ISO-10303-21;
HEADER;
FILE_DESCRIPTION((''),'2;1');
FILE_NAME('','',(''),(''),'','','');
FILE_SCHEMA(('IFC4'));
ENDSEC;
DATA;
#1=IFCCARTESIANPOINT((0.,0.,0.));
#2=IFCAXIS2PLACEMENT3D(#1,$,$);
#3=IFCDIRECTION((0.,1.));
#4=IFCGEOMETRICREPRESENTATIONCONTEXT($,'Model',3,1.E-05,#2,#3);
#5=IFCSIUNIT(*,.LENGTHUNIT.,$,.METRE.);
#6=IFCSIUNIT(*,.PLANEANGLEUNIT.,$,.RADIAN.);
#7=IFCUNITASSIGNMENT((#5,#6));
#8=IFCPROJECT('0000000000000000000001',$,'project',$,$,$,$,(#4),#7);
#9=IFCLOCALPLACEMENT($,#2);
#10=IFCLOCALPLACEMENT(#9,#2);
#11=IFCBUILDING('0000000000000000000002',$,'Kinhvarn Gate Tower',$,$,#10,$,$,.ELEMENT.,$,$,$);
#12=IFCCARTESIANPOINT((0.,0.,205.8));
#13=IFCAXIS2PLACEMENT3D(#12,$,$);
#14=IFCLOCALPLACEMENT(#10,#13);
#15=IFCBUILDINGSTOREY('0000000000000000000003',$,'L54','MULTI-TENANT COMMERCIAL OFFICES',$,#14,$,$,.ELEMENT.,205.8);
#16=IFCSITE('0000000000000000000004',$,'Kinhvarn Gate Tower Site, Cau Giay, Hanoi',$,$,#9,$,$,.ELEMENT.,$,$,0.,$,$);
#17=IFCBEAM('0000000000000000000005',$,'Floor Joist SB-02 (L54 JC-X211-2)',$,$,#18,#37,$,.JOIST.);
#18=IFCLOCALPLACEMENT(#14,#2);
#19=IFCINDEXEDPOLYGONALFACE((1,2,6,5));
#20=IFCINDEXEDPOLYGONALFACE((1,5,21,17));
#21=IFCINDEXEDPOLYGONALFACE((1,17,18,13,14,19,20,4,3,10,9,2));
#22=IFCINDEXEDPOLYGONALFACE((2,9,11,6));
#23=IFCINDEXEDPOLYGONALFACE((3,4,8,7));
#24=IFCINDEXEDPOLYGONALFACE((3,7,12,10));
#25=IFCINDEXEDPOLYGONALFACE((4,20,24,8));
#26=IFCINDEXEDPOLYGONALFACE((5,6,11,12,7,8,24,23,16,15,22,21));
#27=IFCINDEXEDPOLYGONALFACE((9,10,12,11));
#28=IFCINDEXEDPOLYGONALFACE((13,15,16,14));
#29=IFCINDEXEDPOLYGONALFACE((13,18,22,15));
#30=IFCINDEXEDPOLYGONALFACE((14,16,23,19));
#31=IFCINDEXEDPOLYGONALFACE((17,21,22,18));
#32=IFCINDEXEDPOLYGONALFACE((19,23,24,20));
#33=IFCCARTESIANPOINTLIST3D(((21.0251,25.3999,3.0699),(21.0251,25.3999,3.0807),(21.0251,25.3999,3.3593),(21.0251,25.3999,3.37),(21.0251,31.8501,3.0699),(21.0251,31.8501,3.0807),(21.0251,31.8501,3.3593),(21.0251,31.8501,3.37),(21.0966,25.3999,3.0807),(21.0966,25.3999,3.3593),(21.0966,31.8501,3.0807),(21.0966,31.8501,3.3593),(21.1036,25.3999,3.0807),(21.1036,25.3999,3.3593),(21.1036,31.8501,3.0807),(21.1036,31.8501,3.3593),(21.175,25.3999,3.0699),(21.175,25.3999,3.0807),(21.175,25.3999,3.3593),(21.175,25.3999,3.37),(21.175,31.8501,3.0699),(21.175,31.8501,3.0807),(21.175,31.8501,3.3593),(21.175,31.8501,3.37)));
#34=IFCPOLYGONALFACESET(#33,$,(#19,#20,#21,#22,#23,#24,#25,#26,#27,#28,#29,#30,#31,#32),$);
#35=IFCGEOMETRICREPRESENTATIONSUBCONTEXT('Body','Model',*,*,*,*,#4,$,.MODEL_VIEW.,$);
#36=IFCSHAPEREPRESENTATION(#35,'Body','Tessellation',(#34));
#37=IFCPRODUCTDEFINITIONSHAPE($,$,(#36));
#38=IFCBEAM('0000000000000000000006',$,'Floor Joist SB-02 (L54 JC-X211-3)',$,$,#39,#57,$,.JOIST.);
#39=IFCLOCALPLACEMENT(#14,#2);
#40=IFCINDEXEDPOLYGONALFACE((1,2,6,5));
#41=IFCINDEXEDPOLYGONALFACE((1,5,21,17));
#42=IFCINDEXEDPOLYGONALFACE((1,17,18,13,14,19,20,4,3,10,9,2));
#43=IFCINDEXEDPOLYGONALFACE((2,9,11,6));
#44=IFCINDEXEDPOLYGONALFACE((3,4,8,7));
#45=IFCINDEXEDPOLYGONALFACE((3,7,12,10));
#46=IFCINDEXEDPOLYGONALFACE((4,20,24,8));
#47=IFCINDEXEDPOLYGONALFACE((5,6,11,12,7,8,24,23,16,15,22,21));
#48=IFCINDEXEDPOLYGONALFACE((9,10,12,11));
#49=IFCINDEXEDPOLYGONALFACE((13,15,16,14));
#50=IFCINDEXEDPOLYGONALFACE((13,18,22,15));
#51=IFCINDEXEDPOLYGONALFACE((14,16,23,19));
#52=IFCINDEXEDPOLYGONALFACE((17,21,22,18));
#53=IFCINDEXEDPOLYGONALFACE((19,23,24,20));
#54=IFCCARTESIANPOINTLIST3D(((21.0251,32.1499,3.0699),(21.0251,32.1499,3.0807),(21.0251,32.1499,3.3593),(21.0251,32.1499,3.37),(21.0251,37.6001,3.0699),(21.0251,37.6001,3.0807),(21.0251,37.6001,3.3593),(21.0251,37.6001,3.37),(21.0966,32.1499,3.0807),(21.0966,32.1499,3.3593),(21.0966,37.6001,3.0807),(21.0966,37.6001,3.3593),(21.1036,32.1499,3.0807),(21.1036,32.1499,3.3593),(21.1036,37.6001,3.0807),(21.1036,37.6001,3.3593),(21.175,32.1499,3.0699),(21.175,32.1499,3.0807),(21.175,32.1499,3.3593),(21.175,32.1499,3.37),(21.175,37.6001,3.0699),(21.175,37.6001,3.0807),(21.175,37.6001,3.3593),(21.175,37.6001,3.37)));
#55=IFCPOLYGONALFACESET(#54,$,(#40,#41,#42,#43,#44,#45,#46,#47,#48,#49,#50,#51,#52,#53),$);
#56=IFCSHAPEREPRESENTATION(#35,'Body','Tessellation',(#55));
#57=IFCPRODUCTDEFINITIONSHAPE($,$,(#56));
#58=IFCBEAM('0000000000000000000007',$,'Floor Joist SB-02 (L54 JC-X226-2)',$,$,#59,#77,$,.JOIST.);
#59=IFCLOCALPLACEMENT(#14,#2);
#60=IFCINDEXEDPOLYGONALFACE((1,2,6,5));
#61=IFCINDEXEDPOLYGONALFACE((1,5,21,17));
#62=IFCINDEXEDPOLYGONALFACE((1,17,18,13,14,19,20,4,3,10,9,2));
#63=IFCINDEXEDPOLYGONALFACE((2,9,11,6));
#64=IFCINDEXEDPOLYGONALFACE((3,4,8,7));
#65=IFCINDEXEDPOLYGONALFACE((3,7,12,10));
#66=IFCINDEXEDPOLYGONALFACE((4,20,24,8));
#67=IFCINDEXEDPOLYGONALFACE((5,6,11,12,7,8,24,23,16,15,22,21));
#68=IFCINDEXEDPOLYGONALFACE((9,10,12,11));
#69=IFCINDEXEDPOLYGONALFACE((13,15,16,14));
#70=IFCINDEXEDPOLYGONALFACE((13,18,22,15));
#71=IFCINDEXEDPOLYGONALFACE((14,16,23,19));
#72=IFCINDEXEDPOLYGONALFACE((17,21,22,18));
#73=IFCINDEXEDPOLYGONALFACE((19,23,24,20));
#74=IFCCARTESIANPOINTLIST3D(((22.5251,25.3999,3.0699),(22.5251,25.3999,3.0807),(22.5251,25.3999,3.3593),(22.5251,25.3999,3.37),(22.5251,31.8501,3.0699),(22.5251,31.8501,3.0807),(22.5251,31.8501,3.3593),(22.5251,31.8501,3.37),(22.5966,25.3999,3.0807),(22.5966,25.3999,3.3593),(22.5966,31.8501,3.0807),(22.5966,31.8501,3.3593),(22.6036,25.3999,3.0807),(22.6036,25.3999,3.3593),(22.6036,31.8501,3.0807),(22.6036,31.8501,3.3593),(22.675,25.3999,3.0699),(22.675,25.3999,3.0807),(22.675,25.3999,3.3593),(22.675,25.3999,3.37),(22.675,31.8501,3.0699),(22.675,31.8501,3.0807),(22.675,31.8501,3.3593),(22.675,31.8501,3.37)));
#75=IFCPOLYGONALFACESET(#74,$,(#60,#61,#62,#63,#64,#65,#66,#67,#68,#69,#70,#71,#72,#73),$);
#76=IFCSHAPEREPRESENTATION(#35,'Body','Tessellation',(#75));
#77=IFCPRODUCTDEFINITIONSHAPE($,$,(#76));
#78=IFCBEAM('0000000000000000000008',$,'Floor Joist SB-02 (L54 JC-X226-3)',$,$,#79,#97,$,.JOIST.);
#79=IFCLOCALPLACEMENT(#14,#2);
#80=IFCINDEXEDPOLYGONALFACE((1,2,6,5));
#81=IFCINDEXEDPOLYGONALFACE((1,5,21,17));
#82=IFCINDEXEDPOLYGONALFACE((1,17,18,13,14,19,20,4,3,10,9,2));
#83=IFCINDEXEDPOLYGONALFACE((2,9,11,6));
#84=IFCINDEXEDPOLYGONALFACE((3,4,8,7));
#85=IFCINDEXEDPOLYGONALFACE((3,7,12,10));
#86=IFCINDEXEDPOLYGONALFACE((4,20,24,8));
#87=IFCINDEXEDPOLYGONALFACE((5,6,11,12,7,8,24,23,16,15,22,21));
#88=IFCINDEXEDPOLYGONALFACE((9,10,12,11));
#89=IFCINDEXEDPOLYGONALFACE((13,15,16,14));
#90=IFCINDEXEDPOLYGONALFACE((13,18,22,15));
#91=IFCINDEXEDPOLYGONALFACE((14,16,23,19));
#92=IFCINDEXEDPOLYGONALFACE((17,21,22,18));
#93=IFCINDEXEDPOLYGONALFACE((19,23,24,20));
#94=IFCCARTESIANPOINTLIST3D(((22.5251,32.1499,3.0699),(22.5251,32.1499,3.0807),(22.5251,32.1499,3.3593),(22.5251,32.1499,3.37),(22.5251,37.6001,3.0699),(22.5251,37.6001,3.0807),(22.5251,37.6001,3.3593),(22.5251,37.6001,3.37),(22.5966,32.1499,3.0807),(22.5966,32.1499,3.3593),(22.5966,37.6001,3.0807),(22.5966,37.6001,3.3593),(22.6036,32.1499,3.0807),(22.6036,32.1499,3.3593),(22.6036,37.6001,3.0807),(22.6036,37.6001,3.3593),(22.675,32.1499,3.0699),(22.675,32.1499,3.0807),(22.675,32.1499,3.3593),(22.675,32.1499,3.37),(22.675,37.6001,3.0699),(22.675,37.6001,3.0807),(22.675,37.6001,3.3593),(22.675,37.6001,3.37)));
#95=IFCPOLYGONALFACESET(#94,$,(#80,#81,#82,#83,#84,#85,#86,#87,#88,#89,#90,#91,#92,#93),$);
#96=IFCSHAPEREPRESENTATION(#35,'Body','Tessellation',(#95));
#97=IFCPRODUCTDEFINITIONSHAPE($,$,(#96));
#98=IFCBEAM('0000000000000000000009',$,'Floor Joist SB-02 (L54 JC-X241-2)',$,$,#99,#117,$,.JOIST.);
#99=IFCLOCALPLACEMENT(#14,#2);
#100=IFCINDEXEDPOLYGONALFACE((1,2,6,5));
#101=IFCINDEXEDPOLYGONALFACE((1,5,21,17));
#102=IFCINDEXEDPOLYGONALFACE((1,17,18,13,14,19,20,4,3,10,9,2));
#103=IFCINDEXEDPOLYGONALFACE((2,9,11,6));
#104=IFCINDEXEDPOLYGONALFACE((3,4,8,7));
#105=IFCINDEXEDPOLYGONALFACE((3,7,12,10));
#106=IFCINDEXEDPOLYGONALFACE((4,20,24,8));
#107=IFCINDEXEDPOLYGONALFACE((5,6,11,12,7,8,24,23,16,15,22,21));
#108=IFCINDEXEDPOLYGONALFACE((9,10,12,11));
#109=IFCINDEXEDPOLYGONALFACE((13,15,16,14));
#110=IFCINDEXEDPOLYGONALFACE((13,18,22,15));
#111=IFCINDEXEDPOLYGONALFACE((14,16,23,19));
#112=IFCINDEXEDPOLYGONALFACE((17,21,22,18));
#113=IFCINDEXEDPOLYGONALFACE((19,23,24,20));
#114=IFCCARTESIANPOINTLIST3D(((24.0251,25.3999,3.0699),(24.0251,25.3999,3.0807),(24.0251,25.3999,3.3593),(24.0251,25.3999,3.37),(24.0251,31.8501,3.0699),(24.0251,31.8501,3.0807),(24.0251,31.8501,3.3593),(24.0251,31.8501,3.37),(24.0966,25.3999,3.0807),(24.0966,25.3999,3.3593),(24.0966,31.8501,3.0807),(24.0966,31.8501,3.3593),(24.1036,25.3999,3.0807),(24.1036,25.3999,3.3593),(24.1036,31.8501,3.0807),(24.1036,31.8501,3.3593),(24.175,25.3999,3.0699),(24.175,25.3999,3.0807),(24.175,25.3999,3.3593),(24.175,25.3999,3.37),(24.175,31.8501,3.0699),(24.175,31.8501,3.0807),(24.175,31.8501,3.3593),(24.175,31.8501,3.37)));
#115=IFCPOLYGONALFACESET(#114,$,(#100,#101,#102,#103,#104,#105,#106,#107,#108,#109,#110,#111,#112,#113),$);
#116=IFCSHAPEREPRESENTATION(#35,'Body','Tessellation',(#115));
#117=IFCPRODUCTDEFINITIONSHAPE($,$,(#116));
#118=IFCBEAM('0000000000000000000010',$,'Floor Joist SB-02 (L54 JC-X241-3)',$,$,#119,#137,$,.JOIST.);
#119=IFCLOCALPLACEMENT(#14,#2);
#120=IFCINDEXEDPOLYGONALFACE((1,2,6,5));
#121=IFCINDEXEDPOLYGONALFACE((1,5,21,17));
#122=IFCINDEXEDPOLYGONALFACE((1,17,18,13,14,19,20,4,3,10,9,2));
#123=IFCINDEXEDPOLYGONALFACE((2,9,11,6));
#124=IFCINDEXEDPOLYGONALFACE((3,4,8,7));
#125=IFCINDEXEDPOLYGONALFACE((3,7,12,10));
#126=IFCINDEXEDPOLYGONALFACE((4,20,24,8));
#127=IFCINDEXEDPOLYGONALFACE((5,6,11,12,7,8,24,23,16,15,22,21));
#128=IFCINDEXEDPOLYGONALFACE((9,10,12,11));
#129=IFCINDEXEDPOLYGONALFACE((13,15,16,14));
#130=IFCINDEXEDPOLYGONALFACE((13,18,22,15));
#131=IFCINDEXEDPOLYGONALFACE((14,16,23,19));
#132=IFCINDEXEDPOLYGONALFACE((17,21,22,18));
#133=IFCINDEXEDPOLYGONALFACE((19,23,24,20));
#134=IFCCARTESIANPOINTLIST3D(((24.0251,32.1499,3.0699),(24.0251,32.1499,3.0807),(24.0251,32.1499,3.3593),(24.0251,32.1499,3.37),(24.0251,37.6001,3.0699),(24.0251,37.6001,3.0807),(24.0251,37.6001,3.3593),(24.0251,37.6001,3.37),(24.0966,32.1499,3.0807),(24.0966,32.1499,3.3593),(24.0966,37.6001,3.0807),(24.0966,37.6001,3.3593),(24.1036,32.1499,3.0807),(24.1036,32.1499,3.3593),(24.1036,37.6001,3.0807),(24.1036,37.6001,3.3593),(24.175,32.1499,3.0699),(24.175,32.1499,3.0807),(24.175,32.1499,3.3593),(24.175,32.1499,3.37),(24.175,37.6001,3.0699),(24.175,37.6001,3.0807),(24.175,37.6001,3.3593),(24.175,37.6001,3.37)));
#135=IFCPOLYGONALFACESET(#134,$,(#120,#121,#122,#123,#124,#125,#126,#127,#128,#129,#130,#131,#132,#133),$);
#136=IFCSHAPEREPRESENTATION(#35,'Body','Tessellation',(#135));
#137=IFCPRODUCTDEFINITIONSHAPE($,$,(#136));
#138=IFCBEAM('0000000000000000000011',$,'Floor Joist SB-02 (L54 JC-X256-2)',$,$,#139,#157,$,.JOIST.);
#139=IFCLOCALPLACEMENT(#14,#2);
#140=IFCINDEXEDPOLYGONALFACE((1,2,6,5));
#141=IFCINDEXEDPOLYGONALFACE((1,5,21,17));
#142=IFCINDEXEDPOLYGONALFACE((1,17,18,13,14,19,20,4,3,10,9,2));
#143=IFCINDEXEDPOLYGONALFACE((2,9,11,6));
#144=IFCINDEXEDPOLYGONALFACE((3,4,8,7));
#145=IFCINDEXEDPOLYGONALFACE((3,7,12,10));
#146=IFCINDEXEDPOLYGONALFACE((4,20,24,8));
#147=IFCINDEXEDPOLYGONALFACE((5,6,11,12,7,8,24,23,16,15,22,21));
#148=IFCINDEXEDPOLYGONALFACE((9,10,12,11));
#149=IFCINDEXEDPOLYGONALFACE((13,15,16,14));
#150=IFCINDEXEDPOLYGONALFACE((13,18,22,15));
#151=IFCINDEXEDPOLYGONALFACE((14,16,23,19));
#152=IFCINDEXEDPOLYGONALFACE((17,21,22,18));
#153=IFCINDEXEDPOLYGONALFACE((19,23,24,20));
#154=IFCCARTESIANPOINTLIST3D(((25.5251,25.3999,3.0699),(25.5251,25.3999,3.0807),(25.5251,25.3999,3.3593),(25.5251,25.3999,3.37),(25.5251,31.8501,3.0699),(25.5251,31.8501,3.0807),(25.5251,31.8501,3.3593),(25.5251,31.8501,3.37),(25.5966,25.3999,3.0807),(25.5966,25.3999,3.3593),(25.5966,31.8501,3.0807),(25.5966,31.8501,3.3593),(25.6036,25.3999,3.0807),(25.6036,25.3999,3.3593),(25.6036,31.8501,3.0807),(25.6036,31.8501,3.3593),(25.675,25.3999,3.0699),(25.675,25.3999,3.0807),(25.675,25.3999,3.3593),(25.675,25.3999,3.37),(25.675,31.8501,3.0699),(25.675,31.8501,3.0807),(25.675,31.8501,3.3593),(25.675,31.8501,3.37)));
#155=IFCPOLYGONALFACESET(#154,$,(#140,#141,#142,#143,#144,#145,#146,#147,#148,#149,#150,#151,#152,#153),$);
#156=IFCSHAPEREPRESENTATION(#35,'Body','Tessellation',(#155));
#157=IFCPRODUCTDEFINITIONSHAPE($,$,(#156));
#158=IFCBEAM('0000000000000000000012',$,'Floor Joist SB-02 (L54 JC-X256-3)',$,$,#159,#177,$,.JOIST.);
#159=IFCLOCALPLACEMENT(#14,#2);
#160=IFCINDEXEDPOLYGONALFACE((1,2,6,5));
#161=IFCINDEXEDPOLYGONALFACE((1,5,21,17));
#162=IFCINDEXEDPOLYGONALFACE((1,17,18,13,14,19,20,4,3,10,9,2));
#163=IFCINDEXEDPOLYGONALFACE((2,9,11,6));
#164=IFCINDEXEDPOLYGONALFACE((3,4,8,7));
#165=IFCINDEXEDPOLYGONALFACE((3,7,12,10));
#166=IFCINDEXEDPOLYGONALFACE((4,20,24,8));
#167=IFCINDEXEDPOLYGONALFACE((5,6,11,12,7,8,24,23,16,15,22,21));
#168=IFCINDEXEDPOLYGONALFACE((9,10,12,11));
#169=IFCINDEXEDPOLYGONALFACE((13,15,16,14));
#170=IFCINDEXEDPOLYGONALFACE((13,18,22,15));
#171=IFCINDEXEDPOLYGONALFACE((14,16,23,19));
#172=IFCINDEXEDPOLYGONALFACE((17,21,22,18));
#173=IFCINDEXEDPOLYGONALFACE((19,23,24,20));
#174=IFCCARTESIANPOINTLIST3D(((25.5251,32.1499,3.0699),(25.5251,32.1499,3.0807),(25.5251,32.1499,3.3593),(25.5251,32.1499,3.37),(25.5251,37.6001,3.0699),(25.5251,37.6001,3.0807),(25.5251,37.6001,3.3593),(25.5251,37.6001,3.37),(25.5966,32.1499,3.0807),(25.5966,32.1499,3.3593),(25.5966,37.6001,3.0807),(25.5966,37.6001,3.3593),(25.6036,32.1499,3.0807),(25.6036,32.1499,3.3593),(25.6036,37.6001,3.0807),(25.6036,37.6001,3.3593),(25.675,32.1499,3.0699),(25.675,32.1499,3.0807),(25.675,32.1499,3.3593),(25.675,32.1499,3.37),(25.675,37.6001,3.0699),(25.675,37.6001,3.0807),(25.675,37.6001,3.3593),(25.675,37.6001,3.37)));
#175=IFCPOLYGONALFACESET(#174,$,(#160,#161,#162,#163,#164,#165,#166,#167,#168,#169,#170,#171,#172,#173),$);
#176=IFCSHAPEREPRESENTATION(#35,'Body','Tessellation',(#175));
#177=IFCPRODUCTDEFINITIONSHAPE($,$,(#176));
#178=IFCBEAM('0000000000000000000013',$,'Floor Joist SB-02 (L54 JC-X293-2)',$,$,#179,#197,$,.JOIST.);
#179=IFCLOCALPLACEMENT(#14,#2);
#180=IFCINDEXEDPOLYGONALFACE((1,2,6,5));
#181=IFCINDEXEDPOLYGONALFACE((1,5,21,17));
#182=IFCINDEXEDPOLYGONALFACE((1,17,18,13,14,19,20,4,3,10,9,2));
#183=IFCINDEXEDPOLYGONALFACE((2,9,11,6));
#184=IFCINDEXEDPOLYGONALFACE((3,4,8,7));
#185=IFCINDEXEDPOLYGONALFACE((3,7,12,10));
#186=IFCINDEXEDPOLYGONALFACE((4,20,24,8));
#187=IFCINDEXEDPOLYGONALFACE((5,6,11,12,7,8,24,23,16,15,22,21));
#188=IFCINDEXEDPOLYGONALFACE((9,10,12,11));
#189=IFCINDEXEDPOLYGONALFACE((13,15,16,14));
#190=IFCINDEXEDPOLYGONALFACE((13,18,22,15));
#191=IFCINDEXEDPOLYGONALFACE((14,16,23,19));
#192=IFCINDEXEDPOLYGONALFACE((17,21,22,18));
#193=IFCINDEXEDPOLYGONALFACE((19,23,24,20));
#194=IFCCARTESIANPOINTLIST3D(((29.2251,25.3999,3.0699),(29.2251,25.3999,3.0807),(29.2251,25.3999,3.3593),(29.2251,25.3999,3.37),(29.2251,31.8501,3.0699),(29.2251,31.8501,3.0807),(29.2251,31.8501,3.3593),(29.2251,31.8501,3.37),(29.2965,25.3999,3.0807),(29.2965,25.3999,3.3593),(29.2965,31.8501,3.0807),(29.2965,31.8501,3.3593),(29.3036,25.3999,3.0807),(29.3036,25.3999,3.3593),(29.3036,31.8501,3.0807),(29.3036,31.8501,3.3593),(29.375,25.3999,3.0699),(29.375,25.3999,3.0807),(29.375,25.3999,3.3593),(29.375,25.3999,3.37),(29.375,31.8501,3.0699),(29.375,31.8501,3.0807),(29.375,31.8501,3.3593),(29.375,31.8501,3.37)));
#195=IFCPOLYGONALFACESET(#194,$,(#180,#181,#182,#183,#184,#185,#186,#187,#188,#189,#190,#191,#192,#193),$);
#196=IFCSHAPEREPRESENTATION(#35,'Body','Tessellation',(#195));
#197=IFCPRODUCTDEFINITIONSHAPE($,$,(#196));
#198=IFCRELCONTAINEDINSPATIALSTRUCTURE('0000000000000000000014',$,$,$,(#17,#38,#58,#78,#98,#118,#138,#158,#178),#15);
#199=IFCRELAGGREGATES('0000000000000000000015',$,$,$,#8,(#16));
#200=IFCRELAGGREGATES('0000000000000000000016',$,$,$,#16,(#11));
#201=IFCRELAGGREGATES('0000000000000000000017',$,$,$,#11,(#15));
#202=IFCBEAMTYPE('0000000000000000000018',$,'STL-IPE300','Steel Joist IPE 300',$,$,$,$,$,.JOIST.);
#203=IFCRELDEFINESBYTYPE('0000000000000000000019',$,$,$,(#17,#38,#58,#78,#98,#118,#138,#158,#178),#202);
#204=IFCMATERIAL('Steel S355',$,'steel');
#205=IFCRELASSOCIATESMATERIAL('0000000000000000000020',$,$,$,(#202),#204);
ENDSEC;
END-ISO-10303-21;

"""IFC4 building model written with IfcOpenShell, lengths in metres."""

from ifc_helpers import new_model, si_unit, direction, frame, origin, origin_2d, place, context, subcontext, project, spatial, i_section, extrude, material, material_profile, profile_set, type_object, element, save


model = new_model("IFC4")

# Units and contexts
model_context = context("Model", 3, precision=1e-05, world=origin(), true_north=direction((0.0, 1.0)))
body_context = subcontext(model_context, "Body", "Model", "MODEL_VIEW")
ifc_project = project(units=[si_unit("LENGTHUNIT", "METRE"), si_unit("PLANEANGLEUNIT", "RADIAN")], contexts=[model_context])

# Site, building, storey
site_placement = place(None, origin())
site = spatial("IfcSite", under=ifc_project, at=site_placement, Name="Kinhvarn Gate Tower Site, Cau Giay, Hanoi", CompositionType="ELEMENT", RefElevation=0.0)
building_placement = place(site_placement, origin())
building = spatial("IfcBuilding", under=site, at=building_placement, Name="Kinhvarn Gate Tower", CompositionType="ELEMENT")
storey_placement = place(building_placement, frame((0.0, 0.0, 205.8)))
storey = spatial("IfcBuildingStorey", under=building, at=storey_placement, Name="L54", Description="MULTI-TENANT COMMERCIAL OFFICES", CompositionType="ELEMENT", Elevation=205.8)

# Beams
ifc_material_1 = material(Name="Steel S355", Category="steel")
ifc_material_profile = material_profile(ifc_material_1, i_section(OverallWidth=0.1499, OverallDepth=0.3, WebThickness=0.0071, FlangeThickness=0.0107, at=origin_2d()), Name="IPE 300")
ifc_profile_set = profile_set([ifc_material_profile], Name="Steel S355")
beam_type = type_object("IfcBeamType", Name="STL-IPE300", Description="Steel Joist IPE 300", PredefinedType="JOIST", material=ifc_profile_set)
beam_1_placement = place(storey_placement, frame((21.1001, 25.3999, 3.22), z_axis=(0.0, 1.0, 0.0), x_axis=(-1.0, 0.0, 0.0)))
element("IfcBeam", 1, at=beam_1_placement, inside=storey, type_object=beam_type, Name="Floor Joist SB-02 (L54 JC-X211-2)", PredefinedType="JOIST", context=body_context, shape_type="SweptSolid", body=[
    extrude(i_section(OverallWidth=0.1499, OverallDepth=0.3, WebThickness=0.0071, FlangeThickness=0.0107, at=origin_2d()), origin(), (0.0, 0.0, 1.0), 6.4502),
])
beam_2_placement = place(storey_placement, frame((21.1001, 32.1499, 3.22), z_axis=(0.0, 1.0, 0.0), x_axis=(-1.0, 0.0, 0.0)))
element("IfcBeam", 2, at=beam_2_placement, inside=storey, type_object=beam_type, Name="Floor Joist SB-02 (L54 JC-X211-3)", PredefinedType="JOIST", context=body_context, shape_type="SweptSolid", body=[
    extrude(i_section(OverallWidth=0.1499, OverallDepth=0.3, WebThickness=0.0071, FlangeThickness=0.0107, at=origin_2d()), origin(), (0.0, 0.0, 1.0), 5.4502),
])
beam_3_placement = place(storey_placement, frame((22.6001, 25.3999, 3.22), z_axis=(0.0, 1.0, 0.0), x_axis=(-1.0, 0.0, 0.0)))
element("IfcBeam", 3, at=beam_3_placement, inside=storey, type_object=beam_type, Name="Floor Joist SB-02 (L54 JC-X226-2)", PredefinedType="JOIST", context=body_context, shape_type="SweptSolid", body=[
    extrude(i_section(OverallWidth=0.1499, OverallDepth=0.3, WebThickness=0.0071, FlangeThickness=0.0107, at=origin_2d()), origin(), (0.0, 0.0, 1.0), 6.4502),
])
beam_4_placement = place(storey_placement, frame((22.6001, 32.1499, 3.22), z_axis=(0.0, 1.0, 0.0), x_axis=(-1.0, 0.0, 0.0)))
element("IfcBeam", 4, at=beam_4_placement, inside=storey, type_object=beam_type, Name="Floor Joist SB-02 (L54 JC-X226-3)", PredefinedType="JOIST", context=body_context, shape_type="SweptSolid", body=[
    extrude(i_section(OverallWidth=0.1499, OverallDepth=0.3, WebThickness=0.0071, FlangeThickness=0.0107, at=origin_2d()), origin(), (0.0, 0.0, 1.0), 5.4502),
])
beam_5_placement = place(storey_placement, frame((24.1001, 25.3999, 3.22), z_axis=(0.0, 1.0, 0.0), x_axis=(-1.0, 0.0, 0.0)))
element("IfcBeam", 5, at=beam_5_placement, inside=storey, type_object=beam_type, Name="Floor Joist SB-02 (L54 JC-X241-2)", PredefinedType="JOIST", context=body_context, shape_type="SweptSolid", body=[
    extrude(i_section(OverallWidth=0.1499, OverallDepth=0.3, WebThickness=0.0071, FlangeThickness=0.0107, at=origin_2d()), origin(), (0.0, 0.0, 1.0), 6.4502),
])
beam_6_placement = place(storey_placement, frame((24.1001, 32.1499, 3.22), z_axis=(0.0, 1.0, 0.0), x_axis=(-1.0, 0.0, 0.0)))
element("IfcBeam", 6, at=beam_6_placement, inside=storey, type_object=beam_type, Name="Floor Joist SB-02 (L54 JC-X241-3)", PredefinedType="JOIST", context=body_context, shape_type="SweptSolid", body=[
    extrude(i_section(OverallWidth=0.1499, OverallDepth=0.3, WebThickness=0.0071, FlangeThickness=0.0107, at=origin_2d()), origin(), (0.0, 0.0, 1.0), 5.4502),
])
beam_7_placement = place(storey_placement, frame((25.6001, 25.3999, 3.22), z_axis=(0.0, 1.0, 0.0), x_axis=(-1.0, 0.0, 0.0)))
element("IfcBeam", 7, at=beam_7_placement, inside=storey, type_object=beam_type, Name="Floor Joist SB-02 (L54 JC-X256-2)", PredefinedType="JOIST", context=body_context, shape_type="SweptSolid", body=[
    extrude(i_section(OverallWidth=0.1499, OverallDepth=0.3, WebThickness=0.0071, FlangeThickness=0.0107, at=origin_2d()), origin(), (0.0, 0.0, 1.0), 6.4502),
])
beam_8_placement = place(storey_placement, frame((25.6001, 32.1499, 3.22), z_axis=(0.0, 1.0, 0.0), x_axis=(-1.0, 0.0, 0.0)))
element("IfcBeam", 8, at=beam_8_placement, inside=storey, type_object=beam_type, Name="Floor Joist SB-02 (L54 JC-X256-3)", PredefinedType="JOIST", context=body_context, shape_type="SweptSolid", body=[
    extrude(i_section(OverallWidth=0.1499, OverallDepth=0.3, WebThickness=0.0071, FlangeThickness=0.0107, at=origin_2d()), origin(), (0.0, 0.0, 1.0), 5.4502),
])
beam_9_placement = place(storey_placement, frame((29.3, 25.3999, 3.22), z_axis=(0.0, 1.0, 0.0), x_axis=(-1.0, 0.0, 0.0)))
element("IfcBeam", 9, at=beam_9_placement, inside=storey, type_object=beam_type, Name="Floor Joist SB-02 (L54 JC-X293-2)", PredefinedType="JOIST", context=body_context, shape_type="SweptSolid", body=[
    extrude(i_section(OverallWidth=0.1499, OverallDepth=0.3, WebThickness=0.0071, FlangeThickness=0.0107, at=origin_2d()), origin(), (0.0, 0.0, 1.0), 6.4502),
])

save(model, "model.ifc")
